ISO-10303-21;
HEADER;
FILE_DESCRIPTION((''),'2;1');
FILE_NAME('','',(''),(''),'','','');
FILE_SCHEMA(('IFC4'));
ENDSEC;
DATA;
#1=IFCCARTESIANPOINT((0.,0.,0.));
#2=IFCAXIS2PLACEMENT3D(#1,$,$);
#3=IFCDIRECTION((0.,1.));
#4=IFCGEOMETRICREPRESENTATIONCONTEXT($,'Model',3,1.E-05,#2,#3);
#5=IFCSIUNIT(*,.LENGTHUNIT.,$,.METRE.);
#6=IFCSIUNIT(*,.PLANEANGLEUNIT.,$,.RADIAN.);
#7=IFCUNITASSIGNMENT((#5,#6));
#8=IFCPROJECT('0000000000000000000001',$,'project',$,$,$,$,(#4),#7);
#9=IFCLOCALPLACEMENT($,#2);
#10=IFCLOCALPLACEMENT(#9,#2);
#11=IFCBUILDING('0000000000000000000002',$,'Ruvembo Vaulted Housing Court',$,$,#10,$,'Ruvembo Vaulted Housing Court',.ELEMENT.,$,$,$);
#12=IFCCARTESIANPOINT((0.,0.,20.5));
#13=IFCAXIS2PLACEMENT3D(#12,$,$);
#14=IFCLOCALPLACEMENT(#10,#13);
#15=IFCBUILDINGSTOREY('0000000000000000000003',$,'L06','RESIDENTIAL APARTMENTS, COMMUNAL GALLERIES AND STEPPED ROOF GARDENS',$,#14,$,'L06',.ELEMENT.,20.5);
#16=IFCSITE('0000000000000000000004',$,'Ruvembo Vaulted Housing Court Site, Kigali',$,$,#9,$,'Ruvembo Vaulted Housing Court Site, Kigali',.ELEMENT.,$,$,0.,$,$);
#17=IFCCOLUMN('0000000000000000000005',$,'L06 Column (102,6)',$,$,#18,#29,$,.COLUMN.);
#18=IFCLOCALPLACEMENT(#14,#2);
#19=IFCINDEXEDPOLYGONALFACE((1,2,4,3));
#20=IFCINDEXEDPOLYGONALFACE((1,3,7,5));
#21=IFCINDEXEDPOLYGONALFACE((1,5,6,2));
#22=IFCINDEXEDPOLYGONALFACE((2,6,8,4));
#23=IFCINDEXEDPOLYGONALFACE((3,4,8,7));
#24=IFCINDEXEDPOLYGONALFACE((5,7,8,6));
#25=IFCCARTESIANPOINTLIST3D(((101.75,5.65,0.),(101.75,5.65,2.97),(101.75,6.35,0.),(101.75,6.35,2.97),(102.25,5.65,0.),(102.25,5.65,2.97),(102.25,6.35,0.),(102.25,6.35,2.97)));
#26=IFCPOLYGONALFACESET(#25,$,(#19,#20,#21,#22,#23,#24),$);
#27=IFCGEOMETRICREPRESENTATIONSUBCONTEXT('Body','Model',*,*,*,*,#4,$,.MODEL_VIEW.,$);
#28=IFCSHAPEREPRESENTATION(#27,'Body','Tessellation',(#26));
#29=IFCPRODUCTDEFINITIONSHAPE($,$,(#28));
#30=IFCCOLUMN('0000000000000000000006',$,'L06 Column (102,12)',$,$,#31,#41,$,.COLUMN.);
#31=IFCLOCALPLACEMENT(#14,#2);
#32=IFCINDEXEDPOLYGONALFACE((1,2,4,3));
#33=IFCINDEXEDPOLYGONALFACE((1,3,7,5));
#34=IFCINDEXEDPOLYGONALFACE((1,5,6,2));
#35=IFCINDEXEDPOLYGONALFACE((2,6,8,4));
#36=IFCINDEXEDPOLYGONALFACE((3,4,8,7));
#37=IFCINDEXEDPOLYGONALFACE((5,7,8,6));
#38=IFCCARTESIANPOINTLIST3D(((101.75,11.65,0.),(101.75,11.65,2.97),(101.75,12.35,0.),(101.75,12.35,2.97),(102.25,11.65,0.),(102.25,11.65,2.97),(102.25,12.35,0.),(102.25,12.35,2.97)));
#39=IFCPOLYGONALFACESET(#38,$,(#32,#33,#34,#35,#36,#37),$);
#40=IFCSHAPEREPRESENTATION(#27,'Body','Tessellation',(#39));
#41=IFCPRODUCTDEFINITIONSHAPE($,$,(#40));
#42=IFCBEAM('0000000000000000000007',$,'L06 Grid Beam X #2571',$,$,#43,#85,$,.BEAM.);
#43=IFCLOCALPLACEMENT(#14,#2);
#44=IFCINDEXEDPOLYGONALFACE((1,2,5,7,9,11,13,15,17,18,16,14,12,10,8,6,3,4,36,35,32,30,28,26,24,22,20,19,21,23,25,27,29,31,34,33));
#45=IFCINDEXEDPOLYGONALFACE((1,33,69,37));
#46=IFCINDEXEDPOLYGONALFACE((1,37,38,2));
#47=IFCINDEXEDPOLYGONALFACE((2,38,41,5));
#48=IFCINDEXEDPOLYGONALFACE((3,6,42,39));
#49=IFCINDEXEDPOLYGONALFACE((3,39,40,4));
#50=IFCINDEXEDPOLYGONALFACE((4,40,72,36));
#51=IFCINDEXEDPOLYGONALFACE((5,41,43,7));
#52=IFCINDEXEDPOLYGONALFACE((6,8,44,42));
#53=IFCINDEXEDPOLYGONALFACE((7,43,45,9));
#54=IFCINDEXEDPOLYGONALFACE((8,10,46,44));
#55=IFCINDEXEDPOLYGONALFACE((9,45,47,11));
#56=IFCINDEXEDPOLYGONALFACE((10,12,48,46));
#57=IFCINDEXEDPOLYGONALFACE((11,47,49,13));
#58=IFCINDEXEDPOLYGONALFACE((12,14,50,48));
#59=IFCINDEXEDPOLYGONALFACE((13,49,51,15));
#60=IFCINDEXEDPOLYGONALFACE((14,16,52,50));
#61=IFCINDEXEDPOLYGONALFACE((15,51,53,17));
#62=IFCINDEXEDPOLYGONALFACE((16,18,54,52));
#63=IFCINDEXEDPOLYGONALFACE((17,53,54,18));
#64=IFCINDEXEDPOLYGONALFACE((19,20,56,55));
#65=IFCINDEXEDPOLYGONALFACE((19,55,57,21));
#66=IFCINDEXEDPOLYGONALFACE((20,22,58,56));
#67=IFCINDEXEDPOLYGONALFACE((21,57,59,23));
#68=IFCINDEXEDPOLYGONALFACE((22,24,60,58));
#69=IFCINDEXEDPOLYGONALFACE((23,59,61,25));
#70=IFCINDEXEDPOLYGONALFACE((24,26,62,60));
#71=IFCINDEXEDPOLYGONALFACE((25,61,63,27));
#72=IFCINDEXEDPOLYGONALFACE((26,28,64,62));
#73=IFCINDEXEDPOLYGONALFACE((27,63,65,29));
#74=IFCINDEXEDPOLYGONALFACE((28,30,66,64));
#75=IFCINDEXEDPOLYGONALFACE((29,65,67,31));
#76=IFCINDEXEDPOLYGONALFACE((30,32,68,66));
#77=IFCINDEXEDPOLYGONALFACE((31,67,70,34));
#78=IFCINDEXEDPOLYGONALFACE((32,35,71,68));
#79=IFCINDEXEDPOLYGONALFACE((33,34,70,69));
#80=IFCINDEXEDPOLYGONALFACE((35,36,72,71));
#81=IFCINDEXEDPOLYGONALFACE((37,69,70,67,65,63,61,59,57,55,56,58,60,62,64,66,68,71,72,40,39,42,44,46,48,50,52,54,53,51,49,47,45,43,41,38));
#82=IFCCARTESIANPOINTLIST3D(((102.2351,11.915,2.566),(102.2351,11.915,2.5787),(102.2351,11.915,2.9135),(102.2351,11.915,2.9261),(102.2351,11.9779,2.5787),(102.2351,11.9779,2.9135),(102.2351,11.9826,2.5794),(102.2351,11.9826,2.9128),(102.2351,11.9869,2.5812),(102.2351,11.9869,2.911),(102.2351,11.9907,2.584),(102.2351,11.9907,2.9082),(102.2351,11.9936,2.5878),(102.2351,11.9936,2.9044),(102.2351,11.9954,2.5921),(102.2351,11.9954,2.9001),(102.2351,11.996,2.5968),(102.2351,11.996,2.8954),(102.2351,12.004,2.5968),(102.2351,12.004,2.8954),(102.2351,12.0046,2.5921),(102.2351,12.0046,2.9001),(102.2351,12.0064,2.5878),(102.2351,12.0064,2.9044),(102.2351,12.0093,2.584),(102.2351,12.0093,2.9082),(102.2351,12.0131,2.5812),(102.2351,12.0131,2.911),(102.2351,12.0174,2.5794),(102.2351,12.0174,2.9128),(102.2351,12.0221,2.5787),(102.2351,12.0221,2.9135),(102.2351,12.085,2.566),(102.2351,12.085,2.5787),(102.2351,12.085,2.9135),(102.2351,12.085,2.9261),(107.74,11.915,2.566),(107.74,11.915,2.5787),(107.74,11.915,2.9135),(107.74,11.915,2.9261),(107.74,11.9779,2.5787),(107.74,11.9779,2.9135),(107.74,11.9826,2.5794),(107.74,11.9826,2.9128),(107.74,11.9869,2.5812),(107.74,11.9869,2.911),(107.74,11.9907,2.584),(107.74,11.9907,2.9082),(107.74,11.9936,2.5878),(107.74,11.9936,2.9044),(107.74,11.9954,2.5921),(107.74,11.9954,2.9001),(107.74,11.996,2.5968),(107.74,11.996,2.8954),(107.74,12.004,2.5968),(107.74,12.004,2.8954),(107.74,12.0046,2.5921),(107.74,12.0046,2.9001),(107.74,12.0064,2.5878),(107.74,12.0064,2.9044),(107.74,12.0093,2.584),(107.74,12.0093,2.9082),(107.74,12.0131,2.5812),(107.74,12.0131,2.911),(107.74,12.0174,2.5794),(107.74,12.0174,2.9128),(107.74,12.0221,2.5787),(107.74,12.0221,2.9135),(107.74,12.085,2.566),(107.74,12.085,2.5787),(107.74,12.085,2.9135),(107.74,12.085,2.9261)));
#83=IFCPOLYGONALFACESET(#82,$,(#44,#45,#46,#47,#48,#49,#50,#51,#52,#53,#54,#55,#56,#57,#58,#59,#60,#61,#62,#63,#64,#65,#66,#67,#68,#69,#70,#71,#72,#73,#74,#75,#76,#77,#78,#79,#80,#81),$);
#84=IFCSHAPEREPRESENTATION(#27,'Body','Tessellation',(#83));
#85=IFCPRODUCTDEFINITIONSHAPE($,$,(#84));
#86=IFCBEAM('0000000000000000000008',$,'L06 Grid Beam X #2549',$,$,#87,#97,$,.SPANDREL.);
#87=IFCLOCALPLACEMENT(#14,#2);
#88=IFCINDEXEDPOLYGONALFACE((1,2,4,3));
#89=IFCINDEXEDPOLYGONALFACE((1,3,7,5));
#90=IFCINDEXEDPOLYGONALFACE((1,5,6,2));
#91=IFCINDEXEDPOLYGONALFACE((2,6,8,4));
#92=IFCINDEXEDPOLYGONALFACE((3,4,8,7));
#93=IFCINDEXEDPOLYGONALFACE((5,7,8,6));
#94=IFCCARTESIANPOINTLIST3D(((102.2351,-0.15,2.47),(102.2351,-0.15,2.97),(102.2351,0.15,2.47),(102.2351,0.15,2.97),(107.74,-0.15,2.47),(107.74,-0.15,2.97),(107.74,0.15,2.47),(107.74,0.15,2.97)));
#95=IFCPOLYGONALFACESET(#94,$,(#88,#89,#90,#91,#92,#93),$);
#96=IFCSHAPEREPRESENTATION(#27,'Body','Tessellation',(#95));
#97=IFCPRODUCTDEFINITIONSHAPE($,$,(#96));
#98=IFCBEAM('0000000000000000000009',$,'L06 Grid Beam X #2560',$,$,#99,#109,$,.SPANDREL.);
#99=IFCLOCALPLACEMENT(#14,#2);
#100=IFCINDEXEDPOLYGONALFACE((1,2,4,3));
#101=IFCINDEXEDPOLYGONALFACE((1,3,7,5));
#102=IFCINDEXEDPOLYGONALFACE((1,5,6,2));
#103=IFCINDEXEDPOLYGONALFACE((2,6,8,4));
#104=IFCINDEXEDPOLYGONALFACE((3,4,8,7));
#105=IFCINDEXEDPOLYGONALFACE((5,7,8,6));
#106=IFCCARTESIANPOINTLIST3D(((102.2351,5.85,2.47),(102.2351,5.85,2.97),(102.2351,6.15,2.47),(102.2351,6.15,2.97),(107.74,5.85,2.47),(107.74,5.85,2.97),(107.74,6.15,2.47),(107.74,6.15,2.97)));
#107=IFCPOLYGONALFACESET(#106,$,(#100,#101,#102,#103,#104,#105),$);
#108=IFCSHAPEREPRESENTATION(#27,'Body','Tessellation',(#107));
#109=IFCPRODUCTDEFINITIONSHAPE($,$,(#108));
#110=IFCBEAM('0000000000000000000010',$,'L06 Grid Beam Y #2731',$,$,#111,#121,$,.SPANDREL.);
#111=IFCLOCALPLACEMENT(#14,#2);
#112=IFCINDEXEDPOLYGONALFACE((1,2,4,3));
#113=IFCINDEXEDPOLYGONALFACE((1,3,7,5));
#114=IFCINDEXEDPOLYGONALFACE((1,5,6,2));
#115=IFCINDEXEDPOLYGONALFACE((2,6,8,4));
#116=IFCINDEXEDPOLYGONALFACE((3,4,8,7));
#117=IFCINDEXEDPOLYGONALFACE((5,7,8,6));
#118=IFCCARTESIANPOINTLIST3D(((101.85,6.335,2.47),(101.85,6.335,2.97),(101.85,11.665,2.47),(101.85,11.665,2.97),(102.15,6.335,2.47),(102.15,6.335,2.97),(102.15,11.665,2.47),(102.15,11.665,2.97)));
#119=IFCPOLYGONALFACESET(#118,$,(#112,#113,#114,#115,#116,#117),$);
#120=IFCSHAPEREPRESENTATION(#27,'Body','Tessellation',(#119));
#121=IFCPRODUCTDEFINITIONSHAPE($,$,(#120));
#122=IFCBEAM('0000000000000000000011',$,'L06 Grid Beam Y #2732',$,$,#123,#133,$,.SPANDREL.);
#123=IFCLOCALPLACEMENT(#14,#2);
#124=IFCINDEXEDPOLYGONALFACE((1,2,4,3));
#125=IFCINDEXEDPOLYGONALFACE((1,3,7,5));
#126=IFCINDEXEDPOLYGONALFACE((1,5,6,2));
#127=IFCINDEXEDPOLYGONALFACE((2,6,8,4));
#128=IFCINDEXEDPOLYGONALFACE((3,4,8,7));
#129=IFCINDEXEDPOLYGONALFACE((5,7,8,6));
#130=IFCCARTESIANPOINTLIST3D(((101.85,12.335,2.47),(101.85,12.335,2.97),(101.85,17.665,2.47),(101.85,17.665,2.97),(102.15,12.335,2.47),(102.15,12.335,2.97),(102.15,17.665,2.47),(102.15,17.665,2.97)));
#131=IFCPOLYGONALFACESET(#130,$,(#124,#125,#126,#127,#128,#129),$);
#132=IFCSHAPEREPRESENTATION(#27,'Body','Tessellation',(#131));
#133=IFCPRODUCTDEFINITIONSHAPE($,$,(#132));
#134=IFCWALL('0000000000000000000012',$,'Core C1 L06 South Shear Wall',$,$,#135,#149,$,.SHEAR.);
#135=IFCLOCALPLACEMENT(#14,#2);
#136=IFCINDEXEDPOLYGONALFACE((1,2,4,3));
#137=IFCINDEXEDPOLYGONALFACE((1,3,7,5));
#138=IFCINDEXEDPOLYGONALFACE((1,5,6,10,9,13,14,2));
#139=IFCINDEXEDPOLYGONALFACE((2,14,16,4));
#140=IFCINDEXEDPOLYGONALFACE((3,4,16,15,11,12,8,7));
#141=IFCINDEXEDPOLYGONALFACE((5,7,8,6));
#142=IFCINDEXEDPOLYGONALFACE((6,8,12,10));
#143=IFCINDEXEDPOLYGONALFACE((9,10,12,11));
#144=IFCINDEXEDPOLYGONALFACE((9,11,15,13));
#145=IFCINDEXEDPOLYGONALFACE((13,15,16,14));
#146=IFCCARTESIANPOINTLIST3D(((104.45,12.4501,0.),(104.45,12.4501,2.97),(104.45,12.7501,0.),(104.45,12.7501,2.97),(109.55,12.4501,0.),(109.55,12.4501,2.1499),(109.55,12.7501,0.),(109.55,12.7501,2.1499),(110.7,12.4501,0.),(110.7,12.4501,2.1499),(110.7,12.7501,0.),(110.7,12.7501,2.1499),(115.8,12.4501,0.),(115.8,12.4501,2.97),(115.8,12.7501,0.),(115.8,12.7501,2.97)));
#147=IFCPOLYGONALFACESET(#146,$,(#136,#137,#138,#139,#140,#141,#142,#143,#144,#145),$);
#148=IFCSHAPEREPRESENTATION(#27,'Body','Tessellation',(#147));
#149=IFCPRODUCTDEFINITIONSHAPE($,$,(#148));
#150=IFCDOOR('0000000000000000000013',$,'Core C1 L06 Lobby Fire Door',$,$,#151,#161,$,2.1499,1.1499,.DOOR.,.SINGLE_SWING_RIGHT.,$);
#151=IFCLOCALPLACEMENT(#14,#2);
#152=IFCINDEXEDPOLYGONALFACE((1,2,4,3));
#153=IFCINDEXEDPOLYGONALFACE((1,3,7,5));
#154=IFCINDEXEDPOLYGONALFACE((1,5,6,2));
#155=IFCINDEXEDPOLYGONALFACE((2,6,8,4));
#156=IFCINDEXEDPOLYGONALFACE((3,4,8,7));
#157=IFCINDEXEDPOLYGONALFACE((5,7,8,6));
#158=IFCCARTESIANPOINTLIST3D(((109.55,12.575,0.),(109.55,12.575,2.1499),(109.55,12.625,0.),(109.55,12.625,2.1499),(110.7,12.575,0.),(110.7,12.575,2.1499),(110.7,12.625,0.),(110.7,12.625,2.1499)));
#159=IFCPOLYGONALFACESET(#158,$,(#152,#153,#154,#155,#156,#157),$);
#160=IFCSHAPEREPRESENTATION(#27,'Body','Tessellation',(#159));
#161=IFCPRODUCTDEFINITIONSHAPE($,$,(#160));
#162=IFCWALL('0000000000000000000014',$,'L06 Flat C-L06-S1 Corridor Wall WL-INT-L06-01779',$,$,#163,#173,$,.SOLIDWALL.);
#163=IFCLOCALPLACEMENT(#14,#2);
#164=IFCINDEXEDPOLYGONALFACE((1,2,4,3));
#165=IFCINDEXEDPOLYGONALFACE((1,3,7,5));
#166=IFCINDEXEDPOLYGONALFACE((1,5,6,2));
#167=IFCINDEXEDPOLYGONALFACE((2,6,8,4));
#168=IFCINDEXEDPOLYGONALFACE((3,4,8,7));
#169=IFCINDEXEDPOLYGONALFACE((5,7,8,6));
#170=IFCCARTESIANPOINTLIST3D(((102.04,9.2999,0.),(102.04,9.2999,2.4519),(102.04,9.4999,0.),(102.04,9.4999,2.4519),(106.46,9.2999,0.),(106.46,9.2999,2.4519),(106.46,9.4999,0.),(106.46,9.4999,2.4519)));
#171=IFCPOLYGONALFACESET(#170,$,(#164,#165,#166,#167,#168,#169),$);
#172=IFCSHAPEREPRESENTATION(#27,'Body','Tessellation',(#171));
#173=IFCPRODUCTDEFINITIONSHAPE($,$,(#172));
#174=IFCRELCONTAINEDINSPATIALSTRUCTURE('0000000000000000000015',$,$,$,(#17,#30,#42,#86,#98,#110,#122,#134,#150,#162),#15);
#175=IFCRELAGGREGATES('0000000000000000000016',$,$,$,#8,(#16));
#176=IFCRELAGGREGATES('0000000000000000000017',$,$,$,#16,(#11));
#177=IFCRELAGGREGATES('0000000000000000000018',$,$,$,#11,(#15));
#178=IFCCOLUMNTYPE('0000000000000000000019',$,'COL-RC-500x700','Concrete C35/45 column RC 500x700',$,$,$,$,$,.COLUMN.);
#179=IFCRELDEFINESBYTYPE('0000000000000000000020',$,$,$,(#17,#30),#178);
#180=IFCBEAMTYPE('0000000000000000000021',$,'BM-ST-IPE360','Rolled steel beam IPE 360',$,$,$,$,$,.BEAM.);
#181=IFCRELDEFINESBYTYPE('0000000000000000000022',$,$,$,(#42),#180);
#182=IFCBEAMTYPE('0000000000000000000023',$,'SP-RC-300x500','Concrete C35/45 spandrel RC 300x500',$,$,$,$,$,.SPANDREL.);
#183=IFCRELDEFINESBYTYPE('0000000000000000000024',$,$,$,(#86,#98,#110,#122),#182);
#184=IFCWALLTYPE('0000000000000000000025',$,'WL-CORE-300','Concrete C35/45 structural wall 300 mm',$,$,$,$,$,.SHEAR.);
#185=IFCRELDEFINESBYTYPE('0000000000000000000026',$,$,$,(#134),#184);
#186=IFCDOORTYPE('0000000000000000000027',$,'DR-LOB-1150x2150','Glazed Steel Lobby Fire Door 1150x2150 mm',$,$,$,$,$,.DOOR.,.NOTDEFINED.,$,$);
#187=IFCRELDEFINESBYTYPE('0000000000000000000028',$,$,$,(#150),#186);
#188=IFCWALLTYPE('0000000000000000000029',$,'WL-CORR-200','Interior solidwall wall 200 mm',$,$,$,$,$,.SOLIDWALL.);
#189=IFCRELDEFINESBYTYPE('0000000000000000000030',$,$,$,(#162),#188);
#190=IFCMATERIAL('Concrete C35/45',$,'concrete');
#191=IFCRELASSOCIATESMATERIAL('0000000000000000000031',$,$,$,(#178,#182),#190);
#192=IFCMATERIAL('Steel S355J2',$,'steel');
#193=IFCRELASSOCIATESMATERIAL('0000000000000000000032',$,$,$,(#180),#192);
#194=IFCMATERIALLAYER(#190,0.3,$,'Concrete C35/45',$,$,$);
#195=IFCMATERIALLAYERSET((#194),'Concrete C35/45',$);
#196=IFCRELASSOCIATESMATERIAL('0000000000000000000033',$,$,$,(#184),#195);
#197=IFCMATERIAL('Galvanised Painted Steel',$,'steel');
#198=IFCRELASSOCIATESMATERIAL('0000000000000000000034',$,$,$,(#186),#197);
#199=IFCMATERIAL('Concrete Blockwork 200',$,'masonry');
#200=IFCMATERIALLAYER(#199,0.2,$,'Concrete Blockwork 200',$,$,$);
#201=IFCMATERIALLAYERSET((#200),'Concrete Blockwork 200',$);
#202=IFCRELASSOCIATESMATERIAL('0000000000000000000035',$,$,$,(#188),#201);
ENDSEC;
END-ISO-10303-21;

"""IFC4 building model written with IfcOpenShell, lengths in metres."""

from ifc_helpers import new_model, si_unit, direction, frame, frame_2d, origin, origin_2d, place, context, subcontext, project, spatial, rectangle, i_section, extrude, material, layer, layer_set, material_profile, profile_set, type_object, element, fill, save


model = new_model("IFC4")

# Units and contexts
model_context = context("Model", 3, precision=1e-05, world=origin(), true_north=direction((0.0, 1.0)))
body_context = subcontext(model_context, "Body", "Model", "MODEL_VIEW")
ifc_project = project(units=[si_unit("LENGTHUNIT", "METRE"), si_unit("PLANEANGLEUNIT", "RADIAN")], contexts=[model_context])

# Site, building, storey
site_placement = place(None, origin())
site = spatial("IfcSite", under=ifc_project, at=site_placement, Name="Ruvembo Vaulted Housing Court Site, Kigali", LongName="Ruvembo Vaulted Housing Court Site, Kigali", CompositionType="ELEMENT", RefElevation=0.0)
building_placement = place(site_placement, origin())
building = spatial("IfcBuilding", under=site, at=building_placement, Name="Ruvembo Vaulted Housing Court", LongName="Ruvembo Vaulted Housing Court", CompositionType="ELEMENT")
storey_placement = place(building_placement, frame((0.0, 0.0, 20.5)))
storey = spatial("IfcBuildingStorey", under=building, at=storey_placement, Name="L06", Description="RESIDENTIAL APARTMENTS, COMMUNAL GALLERIES AND STEPPED ROOF GARDENS", LongName="L06", CompositionType="ELEMENT", Elevation=20.5)

# Columns
ifc_material_1 = material(Name="Concrete C35/45", Category="concrete")
ifc_material_profile_1 = material_profile(ifc_material_1, rectangle(XDim=0.5, YDim=0.7, at=origin_2d()), Name="RC 500x700")
ifc_profile_set_1 = profile_set([ifc_material_profile_1], Name="Concrete C35/45")
column_type = type_object("IfcColumnType", Name="COL-RC-500x700", Description="Concrete C35/45 column RC 500x700", PredefinedType="COLUMN", material=ifc_profile_set_1)
for number, where, z_axis, x_axis, name in (
    (1, (102.0, 6.0, 0.0), (0.0, 0.0, 1.0), (1.0, 0.0, 0.0), "L06 Column (102,6)"),
    (2, (102.0, 12.0, 0.0), (0.0, 0.0, 1.0), (1.0, 0.0, 0.0), "L06 Column (102,12)"),
):
    element("IfcColumn", number, at=place(storey_placement, frame(where, z_axis=z_axis, x_axis=x_axis)), inside=storey, type_object=column_type, Name=name, PredefinedType="COLUMN", context=body_context, shape_type="SweptSolid", body=[
        extrude(rectangle(XDim=0.5, YDim=0.7, at=origin_2d()), origin(), (0.0, 0.0, 1.0), 2.97),
    ])

# Beams
ifc_material_2 = material(Name="Steel S355J2", Category="steel")
ifc_material_profile_2 = material_profile(ifc_material_2, i_section(OverallWidth=0.1699, OverallDepth=0.3601, WebThickness=0.0081, FlangeThickness=0.0127, FilletRadius=0.0181, at=origin_2d()), Name="IPE 360")
ifc_profile_set_2 = profile_set([ifc_material_profile_2], Name="Steel S355J2")
beam_type_1 = type_object("IfcBeamType", Name="BM-ST-IPE360", Description="Rolled steel beam IPE 360", PredefinedType="BEAM", material=ifc_profile_set_2)
beam_placement = place(storey_placement, frame((102.2351, 12.0, 2.7461), z_axis=(1.0, 0.0, 0.0), x_axis=(0.0, 1.0, 0.0)))
element("IfcBeam", 3, at=beam_placement, inside=storey, type_object=beam_type_1, Name="L06 Grid Beam X #2571", PredefinedType="BEAM", context=body_context, shape_type="SweptSolid", body=[
    extrude(i_section(OverallWidth=0.1699, OverallDepth=0.3601, WebThickness=0.0081, FlangeThickness=0.0127, FilletRadius=0.0181, at=origin_2d()), origin(), (0.0, 0.0, 1.0), 5.5049),
])
ifc_material_profile_3 = material_profile(ifc_material_1, rectangle(XDim=0.3, YDim=0.5, at=origin_2d()), Name="RC 300x500")
ifc_profile_set_3 = profile_set([ifc_material_profile_3], Name="Concrete C35/45")
beam_type_2 = type_object("IfcBeamType", Name="SP-RC-300x500", Description="Concrete C35/45 spandrel RC 300x500", PredefinedType="SPANDREL", material=ifc_profile_set_3)
for number, where, z_axis, x_axis, name in (
    (4, (102.2351, 0.0, 2.72), (1.0, 0.0, 0.0), (0.0, 1.0, 0.0), "L06 Grid Beam X #2549"),
    (5, (102.2351, 6.0, 2.72), (1.0, 0.0, 0.0), (0.0, 1.0, 0.0), "L06 Grid Beam X #2560"),
):
    element("IfcBeam", number, at=place(storey_placement, frame(where, z_axis=z_axis, x_axis=x_axis)), inside=storey, type_object=beam_type_2, Name=name, PredefinedType="SPANDREL", context=body_context, shape_type="SweptSolid", body=[
        extrude(rectangle(XDim=0.3, YDim=0.5, at=origin_2d()), origin(), (0.0, 0.0, 1.0), 5.5049),
    ])
for number, where, z_axis, x_axis, name in (
    (6, (102.0, 6.335, 2.72), (0.0, 1.0, 0.0), (-1.0, 0.0, 0.0), "L06 Grid Beam Y #2731"),
    (7, (102.0, 12.335, 2.72), (0.0, 1.0, 0.0), (-1.0, 0.0, 0.0), "L06 Grid Beam Y #2732"),
):
    element("IfcBeam", number, at=place(storey_placement, frame(where, z_axis=z_axis, x_axis=x_axis)), inside=storey, type_object=beam_type_2, Name=name, PredefinedType="SPANDREL", context=body_context, shape_type="SweptSolid", body=[
        extrude(rectangle(XDim=0.3, YDim=0.5, at=origin_2d()), origin(), (0.0, 0.0, 1.0), 5.3301),
    ])

# Wall, opening, door
ifc_layer_1 = layer(ifc_material_1, 0.3, Name="Concrete C35/45")
ifc_layer_set_1 = layer_set([ifc_layer_1], Name="Concrete C35/45")
wall_type_1 = type_object("IfcWallType", Name="WL-CORE-300", Description="Concrete C35/45 structural wall 300 mm", PredefinedType="SHEAR", material=ifc_layer_set_1)
wall_1_placement = place(storey_placement, frame((104.45, 12.6001, 0.0), z_axis=(0.0, 0.0, 1.0), x_axis=(1.0, 0.0, 0.0)))
wall_1 = element("IfcWall", 8, at=wall_1_placement, inside=storey, type_object=wall_type_1, Name="Core C1 L06 South Shear Wall", PredefinedType="SHEAR", context=body_context, shape_type="SweptSolid", body=[
    extrude(rectangle(XDim=11.3501, YDim=0.3, at=frame_2d((5.675, 0.0))), origin(), (0.0, 0.0, 1.0), 2.97),
])
opening_1_placement = place(wall_1_placement, frame((5.1001, 0.0, 0.0)))
opening_1 = element("IfcOpeningElement", 9, at=opening_1_placement, cuts=wall_1, PredefinedType="OPENING", context=body_context, shape_type="SweptSolid", body=[
    extrude(rectangle(XDim=1.1499, YDim=2.1499, at=frame_2d((0.575, 1.075))), frame((0.0, 0.1599, 0.0), z_axis=(0.0, -1.0, 0.0), x_axis=(1.0, 0.0, 0.0)), (0.0, 0.0, 1.0), 0.3201),
])
ifc_material_3 = material(Name="Galvanised Painted Steel", Category="steel")
door_type_1 = type_object("IfcDoorType", Name="DR-LOB-1150x2150", Description="Glazed Steel Lobby Fire Door 1150x2150 mm", OperationType="NOTDEFINED", PredefinedType="DOOR", material=ifc_material_3)
door_1_placement = place(opening_1_placement, origin())
door_1 = element("IfcDoor", 10, at=door_1_placement, inside=storey, type_object=door_type_1, Name="Core C1 L06 Lobby Fire Door", OperationType="SINGLE_SWING_RIGHT", OverallHeight=2.1499, OverallWidth=1.1499, PredefinedType="DOOR", context=body_context, shape_type="SweptSolid", body=[
    extrude(rectangle(XDim=1.1499, YDim=2.1499, at=frame_2d((0.575, 1.075))), frame((0.0, 0.0249, 0.0), z_axis=(0.0, -1.0, 0.0), x_axis=(1.0, 0.0, 0.0)), (0.0, 0.0, 1.0), 0.05),
])
fill(opening_1, door_1)

# Wall
ifc_material_4 = material(Name="Concrete Blockwork 200", Category="masonry")
ifc_layer_2 = layer(ifc_material_4, 0.2, Name="Concrete Blockwork 200")
ifc_layer_set_2 = layer_set([ifc_layer_2], Name="Concrete Blockwork 200")
wall_type_2 = type_object("IfcWallType", Name="WL-CORR-200", Description="Interior solidwall wall 200 mm", PredefinedType="SOLIDWALL", material=ifc_layer_set_2)
wall_2_placement = place(storey_placement, frame((102.04, 9.3999, 0.0), z_axis=(0.0, 0.0, 1.0), x_axis=(1.0, 0.0, 0.0)))
element("IfcWall", 11, at=wall_2_placement, inside=storey, type_object=wall_type_2, Name="L06 Flat C-L06-S1 Corridor Wall WL-INT-L06-01779", PredefinedType="SOLIDWALL", context=body_context, shape_type="SweptSolid", body=[
    extrude(rectangle(XDim=4.4199, YDim=0.2, at=frame_2d((2.21, 0.0))), origin(), (0.0, 0.0, 1.0), 2.4519),
])

save(model, "model.ifc")
